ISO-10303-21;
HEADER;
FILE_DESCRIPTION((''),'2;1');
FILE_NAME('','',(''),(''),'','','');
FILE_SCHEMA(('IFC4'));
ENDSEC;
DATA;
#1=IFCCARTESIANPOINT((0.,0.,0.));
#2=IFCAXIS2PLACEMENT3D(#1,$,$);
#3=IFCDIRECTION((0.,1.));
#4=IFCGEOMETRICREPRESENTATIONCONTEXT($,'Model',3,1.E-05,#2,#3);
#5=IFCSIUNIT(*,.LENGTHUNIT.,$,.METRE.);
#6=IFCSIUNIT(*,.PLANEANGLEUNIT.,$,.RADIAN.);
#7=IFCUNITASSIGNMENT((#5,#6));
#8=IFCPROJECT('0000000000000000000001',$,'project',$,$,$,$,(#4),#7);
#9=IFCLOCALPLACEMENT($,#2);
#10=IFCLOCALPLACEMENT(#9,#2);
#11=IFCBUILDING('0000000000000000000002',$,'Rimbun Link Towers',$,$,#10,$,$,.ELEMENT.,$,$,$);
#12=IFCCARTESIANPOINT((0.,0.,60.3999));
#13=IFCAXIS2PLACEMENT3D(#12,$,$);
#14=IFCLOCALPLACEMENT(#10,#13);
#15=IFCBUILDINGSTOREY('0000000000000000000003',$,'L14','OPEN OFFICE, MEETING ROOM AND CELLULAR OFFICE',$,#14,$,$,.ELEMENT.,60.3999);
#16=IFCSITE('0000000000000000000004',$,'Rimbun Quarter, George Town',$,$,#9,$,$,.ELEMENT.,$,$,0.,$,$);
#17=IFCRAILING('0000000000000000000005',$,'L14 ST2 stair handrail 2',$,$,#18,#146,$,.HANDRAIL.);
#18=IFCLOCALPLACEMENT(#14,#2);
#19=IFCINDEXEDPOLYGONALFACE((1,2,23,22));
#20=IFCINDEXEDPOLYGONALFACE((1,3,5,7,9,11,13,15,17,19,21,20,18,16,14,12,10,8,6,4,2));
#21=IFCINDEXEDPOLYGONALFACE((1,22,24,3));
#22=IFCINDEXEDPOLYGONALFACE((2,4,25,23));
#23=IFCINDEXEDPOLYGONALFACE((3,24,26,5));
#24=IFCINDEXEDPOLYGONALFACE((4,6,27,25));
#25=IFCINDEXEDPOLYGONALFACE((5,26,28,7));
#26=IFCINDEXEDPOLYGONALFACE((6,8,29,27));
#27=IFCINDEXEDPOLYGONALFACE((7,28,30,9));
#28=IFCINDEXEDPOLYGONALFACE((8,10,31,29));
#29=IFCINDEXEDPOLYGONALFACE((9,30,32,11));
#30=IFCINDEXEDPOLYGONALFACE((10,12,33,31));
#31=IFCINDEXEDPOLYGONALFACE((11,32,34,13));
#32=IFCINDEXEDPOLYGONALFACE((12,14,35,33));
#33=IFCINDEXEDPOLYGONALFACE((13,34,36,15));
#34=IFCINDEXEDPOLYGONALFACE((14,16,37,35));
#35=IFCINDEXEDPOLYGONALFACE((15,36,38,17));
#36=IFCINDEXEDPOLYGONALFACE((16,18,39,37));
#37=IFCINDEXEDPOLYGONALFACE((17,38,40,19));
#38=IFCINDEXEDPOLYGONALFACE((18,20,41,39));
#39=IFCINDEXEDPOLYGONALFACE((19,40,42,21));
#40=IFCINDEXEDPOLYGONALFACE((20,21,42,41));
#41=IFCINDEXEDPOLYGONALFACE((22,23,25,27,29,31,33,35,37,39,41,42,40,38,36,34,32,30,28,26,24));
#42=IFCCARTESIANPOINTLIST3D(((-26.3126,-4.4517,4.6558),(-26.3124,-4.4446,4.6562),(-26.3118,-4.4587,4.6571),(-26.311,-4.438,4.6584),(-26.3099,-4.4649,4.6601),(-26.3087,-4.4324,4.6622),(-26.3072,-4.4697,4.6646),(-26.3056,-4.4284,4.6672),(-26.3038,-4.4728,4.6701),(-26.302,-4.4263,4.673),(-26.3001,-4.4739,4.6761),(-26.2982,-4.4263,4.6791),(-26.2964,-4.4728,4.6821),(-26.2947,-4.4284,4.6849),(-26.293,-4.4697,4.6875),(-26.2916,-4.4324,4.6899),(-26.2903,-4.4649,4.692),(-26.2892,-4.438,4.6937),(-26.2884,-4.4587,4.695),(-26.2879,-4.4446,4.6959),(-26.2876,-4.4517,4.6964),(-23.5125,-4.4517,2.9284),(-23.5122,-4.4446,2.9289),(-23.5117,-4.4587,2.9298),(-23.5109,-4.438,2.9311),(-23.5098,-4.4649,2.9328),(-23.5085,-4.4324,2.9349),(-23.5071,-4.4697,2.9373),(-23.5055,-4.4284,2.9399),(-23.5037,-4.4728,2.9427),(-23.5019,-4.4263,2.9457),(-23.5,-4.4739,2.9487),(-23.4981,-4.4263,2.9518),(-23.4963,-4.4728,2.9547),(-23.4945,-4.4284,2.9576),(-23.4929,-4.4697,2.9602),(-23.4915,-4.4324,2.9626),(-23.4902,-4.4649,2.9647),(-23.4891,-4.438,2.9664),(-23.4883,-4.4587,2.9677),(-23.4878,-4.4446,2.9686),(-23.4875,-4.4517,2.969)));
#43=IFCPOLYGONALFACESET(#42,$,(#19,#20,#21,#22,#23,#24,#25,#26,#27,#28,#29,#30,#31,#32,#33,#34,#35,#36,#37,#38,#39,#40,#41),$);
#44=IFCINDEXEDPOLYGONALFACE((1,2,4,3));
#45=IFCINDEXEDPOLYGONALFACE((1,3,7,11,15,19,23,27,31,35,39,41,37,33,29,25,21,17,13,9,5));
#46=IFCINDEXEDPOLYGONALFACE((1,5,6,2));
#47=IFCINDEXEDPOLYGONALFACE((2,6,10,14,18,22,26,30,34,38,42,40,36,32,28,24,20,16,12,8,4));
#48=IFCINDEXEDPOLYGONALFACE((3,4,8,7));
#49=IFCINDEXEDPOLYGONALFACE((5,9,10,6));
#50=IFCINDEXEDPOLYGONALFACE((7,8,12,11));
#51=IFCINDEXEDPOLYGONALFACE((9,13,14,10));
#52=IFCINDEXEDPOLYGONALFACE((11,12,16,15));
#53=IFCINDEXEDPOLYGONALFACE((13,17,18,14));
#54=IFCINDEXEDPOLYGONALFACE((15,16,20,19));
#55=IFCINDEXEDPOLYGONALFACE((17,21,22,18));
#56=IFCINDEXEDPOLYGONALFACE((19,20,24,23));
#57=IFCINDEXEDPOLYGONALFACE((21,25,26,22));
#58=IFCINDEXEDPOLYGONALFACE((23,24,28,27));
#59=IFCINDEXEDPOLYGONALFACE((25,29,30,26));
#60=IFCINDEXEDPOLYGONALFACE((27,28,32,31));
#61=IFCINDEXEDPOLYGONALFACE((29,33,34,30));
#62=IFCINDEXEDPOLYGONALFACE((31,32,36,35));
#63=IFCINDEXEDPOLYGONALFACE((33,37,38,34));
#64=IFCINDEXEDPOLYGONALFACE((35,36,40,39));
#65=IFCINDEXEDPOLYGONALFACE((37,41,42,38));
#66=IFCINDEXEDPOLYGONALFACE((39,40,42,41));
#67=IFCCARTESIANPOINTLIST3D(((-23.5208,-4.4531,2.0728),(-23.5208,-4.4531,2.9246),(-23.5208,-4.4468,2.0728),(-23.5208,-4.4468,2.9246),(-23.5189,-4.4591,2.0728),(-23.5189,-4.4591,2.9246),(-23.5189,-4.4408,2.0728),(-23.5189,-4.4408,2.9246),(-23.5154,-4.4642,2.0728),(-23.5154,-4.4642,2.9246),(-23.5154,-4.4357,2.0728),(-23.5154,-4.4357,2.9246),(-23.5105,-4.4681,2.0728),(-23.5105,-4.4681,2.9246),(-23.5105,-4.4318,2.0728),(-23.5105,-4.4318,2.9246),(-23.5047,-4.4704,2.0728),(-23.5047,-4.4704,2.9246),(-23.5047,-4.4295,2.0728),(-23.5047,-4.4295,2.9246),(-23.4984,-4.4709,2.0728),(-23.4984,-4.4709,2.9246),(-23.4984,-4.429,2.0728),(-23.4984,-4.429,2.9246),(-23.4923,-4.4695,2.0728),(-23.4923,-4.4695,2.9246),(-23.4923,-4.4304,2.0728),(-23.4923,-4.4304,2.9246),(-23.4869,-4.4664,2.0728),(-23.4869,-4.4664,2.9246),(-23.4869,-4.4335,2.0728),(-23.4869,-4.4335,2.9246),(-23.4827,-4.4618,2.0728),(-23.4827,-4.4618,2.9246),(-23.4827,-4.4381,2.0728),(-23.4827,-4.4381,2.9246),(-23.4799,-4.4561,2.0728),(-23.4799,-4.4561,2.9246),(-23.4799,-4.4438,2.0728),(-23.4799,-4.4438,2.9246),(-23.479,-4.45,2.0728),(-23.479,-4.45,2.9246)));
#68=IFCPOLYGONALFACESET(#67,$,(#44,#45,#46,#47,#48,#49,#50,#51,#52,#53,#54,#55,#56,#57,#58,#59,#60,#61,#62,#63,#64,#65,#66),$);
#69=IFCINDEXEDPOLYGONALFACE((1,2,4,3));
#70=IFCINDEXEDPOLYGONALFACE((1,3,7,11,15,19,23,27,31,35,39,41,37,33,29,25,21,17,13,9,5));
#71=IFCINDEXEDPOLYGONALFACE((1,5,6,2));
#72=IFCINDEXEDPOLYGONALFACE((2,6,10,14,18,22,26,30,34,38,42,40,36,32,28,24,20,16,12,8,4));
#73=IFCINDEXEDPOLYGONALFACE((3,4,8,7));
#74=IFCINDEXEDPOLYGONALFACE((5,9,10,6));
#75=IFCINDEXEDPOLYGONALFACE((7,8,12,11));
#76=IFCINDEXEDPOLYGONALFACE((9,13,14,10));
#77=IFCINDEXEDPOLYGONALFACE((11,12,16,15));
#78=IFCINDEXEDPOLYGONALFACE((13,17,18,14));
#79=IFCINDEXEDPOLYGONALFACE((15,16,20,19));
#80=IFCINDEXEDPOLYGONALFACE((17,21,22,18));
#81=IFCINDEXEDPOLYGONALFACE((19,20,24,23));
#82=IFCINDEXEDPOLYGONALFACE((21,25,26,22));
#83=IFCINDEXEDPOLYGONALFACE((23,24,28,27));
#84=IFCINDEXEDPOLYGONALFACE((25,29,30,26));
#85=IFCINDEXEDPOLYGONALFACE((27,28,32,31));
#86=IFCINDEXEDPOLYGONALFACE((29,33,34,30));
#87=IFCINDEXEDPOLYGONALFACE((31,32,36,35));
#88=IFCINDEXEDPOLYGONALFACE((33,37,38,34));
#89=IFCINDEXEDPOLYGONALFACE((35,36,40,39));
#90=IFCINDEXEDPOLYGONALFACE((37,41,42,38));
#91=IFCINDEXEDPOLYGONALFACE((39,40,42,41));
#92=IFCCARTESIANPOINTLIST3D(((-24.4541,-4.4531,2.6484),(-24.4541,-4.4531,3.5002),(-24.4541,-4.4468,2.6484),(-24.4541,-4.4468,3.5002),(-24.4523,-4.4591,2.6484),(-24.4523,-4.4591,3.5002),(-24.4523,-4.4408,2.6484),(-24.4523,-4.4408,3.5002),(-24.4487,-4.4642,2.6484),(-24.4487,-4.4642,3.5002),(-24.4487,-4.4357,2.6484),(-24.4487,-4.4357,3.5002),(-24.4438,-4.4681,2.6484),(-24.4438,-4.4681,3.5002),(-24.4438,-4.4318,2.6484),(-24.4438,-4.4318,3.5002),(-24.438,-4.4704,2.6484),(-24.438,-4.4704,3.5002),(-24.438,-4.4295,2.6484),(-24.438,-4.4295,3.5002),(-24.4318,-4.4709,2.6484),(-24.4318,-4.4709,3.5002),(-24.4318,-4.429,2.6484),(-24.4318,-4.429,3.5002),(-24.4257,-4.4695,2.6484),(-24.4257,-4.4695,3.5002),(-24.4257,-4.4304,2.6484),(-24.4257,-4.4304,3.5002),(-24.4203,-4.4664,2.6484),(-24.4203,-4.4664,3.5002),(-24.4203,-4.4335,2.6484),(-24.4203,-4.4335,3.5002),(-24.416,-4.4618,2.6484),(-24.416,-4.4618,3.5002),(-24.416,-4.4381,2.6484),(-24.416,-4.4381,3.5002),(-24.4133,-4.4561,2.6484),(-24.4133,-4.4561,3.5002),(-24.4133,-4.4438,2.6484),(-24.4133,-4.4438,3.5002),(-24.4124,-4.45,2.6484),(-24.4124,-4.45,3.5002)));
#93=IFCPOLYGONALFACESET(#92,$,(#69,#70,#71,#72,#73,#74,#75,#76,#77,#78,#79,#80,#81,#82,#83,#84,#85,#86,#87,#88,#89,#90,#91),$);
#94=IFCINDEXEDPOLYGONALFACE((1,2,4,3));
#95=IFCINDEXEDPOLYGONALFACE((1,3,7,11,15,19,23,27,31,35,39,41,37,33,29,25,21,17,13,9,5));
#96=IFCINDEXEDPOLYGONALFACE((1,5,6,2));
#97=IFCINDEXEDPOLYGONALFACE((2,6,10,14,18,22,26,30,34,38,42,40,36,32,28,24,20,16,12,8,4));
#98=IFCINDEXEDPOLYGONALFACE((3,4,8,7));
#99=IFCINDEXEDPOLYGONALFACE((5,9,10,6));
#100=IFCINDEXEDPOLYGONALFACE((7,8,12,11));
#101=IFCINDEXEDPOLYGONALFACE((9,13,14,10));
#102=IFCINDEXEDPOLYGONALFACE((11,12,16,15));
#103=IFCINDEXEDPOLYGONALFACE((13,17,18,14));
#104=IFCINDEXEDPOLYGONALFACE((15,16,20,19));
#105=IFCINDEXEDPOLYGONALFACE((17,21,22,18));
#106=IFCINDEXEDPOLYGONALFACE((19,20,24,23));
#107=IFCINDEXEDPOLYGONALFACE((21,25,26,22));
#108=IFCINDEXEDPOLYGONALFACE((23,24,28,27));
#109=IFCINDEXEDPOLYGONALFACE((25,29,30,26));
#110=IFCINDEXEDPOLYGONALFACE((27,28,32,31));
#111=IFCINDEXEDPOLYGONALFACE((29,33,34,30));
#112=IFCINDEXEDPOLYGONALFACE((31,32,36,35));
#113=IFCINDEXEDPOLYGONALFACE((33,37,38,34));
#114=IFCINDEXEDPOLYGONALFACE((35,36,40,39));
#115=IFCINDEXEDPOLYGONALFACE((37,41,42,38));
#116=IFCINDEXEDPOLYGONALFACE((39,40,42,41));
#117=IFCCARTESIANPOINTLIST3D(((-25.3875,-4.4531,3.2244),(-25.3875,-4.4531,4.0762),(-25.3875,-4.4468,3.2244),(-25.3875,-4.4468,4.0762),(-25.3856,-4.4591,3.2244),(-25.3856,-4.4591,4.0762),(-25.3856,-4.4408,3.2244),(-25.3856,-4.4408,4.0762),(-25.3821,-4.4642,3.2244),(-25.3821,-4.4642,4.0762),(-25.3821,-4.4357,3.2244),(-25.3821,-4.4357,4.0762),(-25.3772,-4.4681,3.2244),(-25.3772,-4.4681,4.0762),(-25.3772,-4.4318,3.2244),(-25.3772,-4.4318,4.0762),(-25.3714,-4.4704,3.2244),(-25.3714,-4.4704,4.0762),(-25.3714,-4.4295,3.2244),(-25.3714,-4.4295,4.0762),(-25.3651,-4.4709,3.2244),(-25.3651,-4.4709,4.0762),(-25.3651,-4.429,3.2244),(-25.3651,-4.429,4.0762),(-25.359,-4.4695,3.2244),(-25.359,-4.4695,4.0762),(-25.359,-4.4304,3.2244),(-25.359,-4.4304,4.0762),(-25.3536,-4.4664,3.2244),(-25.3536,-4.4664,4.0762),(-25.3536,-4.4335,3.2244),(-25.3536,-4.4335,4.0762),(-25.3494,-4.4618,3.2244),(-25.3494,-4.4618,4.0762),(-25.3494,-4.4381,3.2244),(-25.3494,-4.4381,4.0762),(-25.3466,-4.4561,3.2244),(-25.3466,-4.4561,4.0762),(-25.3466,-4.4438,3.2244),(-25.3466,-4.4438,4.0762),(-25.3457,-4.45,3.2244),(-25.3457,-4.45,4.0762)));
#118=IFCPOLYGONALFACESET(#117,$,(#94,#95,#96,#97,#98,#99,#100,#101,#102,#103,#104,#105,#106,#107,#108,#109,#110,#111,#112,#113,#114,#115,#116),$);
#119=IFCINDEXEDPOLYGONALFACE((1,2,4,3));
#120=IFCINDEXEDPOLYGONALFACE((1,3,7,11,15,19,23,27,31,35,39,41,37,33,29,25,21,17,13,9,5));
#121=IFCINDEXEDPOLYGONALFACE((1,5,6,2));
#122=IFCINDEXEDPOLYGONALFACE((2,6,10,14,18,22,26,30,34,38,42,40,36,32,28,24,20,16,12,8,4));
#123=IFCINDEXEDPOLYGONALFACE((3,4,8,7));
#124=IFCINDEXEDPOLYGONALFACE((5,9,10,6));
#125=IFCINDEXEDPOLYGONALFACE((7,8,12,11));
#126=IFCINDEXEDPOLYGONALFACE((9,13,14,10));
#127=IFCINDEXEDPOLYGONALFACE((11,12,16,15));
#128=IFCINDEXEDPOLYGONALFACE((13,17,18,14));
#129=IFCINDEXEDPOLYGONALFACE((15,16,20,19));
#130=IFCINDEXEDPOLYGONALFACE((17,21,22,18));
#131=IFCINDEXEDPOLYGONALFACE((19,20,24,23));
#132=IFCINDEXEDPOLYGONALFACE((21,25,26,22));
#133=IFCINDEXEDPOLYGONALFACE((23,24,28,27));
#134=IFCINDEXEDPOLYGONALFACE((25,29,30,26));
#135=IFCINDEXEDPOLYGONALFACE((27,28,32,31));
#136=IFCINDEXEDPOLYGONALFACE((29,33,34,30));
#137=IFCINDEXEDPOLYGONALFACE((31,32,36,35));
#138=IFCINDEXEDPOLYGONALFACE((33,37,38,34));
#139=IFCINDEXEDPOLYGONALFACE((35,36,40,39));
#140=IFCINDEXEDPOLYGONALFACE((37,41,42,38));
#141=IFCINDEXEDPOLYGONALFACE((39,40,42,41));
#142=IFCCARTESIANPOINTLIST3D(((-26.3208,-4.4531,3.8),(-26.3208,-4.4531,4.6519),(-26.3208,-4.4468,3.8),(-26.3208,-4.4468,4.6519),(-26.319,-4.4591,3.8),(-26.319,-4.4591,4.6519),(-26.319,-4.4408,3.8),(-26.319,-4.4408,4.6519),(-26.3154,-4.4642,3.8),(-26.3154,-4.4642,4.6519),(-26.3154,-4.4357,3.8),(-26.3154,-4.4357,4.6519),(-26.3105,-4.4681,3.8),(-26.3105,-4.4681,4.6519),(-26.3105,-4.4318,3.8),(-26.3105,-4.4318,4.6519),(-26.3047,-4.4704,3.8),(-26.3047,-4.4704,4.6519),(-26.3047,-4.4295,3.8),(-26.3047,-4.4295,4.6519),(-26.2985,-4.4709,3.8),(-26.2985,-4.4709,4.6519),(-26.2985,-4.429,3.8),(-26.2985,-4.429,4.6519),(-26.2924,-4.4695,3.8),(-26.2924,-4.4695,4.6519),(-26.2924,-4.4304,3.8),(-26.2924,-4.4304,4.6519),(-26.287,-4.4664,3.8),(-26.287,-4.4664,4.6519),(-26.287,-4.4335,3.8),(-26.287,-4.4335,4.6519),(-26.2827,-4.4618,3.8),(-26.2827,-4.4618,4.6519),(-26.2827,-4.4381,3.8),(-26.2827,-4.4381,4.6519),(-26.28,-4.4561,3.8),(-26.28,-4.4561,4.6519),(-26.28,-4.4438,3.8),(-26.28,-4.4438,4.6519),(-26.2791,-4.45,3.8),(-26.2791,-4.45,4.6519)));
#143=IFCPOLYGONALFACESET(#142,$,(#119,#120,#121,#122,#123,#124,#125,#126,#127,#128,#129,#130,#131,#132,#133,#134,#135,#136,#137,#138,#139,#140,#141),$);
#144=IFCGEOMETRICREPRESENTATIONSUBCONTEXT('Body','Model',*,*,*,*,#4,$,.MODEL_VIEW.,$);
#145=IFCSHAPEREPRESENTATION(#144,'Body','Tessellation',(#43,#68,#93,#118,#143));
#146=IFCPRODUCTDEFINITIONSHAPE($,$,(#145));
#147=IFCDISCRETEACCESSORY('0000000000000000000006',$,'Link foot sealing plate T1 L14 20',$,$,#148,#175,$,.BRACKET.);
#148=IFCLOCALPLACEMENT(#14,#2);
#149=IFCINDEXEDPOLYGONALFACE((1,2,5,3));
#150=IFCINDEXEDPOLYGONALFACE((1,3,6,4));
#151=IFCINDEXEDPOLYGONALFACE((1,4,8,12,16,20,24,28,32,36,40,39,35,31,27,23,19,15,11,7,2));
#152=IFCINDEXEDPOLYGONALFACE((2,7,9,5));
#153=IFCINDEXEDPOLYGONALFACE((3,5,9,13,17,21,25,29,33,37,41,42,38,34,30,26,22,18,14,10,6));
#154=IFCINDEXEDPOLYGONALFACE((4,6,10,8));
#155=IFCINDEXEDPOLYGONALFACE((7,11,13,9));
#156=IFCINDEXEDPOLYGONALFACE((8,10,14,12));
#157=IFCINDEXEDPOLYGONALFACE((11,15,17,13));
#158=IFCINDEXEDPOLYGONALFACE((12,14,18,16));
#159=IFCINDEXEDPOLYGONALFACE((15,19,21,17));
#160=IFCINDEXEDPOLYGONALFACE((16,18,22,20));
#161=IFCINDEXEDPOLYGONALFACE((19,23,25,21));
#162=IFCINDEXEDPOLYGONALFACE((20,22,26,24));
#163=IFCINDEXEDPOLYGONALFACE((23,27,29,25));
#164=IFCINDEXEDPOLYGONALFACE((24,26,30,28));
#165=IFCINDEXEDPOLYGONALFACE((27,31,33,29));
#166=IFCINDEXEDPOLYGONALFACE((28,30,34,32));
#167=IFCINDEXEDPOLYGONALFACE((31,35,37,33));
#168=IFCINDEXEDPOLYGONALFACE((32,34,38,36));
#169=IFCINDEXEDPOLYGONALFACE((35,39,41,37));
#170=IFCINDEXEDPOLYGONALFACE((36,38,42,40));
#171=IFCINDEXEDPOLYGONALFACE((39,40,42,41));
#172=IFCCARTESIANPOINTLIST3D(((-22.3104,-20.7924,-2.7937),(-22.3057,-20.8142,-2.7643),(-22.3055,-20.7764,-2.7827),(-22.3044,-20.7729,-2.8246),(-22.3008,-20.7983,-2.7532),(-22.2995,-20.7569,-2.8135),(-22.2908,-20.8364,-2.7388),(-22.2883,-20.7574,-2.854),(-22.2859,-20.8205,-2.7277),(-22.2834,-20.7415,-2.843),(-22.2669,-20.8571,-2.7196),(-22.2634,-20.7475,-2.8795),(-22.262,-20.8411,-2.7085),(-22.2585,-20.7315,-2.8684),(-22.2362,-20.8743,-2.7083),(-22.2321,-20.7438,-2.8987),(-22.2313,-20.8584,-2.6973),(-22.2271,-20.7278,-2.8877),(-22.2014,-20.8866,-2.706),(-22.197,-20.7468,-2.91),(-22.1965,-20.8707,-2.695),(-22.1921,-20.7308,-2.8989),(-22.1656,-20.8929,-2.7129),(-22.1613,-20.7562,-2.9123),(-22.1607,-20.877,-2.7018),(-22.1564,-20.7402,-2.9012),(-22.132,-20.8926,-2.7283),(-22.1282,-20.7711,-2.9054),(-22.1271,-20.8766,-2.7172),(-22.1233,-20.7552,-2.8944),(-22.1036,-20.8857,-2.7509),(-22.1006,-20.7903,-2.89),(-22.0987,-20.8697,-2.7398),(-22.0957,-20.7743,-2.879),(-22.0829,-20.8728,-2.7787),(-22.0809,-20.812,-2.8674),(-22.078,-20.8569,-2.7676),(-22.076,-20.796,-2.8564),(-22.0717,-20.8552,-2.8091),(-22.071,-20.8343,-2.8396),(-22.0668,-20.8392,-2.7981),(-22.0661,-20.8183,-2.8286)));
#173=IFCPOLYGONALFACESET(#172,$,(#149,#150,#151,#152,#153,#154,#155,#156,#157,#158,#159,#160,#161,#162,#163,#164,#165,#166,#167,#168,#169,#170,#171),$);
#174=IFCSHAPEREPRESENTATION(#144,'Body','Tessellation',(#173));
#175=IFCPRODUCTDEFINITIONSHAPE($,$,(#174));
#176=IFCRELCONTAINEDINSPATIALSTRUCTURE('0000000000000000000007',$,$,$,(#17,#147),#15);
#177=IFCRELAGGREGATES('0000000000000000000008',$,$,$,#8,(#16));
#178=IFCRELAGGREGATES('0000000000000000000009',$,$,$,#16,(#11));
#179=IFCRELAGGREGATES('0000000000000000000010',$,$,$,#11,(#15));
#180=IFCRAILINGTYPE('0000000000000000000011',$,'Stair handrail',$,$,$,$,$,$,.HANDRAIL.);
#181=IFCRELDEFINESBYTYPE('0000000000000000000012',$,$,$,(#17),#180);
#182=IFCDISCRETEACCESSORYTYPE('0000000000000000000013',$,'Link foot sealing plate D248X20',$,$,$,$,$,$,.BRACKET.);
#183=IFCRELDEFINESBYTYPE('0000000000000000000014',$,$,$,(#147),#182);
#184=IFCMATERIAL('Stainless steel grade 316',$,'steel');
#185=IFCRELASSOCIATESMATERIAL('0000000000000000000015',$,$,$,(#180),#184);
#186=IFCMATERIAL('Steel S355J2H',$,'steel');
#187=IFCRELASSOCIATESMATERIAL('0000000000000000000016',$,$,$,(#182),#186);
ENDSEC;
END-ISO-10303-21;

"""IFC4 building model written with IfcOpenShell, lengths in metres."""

from ifc_helpers import new_model, si_unit, direction, frame, origin, origin_2d, place, context, subcontext, project, spatial, circle, extrude, material, material_profile, profile_set, type_object, element, save


model = new_model("IFC4")

# Units and contexts
model_context = context("Model", 3, precision=1e-05, world=origin(), true_north=direction((0.0, 1.0)))
body_context = subcontext(model_context, "Body", "Model", "MODEL_VIEW")
ifc_project = project(units=[si_unit("LENGTHUNIT", "METRE"), si_unit("PLANEANGLEUNIT", "RADIAN")], contexts=[model_context])

# Site, building, storey
site_placement = place(None, origin())
site = spatial("IfcSite", under=ifc_project, at=site_placement, Name="Rimbun Quarter, George Town", CompositionType="ELEMENT", RefElevation=0.0)
building_placement = place(site_placement, origin())
building = spatial("IfcBuilding", under=site, at=building_placement, Name="Rimbun Link Towers", CompositionType="ELEMENT")
storey_placement = place(building_placement, frame((0.0, 0.0, 60.3999)))
storey = spatial("IfcBuildingStorey", under=building, at=storey_placement, Name="L14", Description="OPEN OFFICE, MEETING ROOM AND CELLULAR OFFICE", CompositionType="ELEMENT", Elevation=60.3999)

# Railing
ifc_material_1 = material(Name="Stainless steel grade 316", Category="steel")
railing_type_1 = type_object("IfcRailingType", Name="Stair handrail", PredefinedType="HANDRAIL", material=ifc_material_1)
railing_1_placement = place(storey_placement, frame((-23.5, -4.45, 2.0728)))
element("IfcRailing", 1, at=railing_1_placement, inside=storey, type_object=railing_type_1, Name="L14 ST2 stair handrail 2", PredefinedType="HANDRAIL", context=body_context, shape_type="SweptSolid", body=[
    extrude(circle(Radius=0.0239, at=origin_2d()), frame((0.0, 0.0, 0.876), z_axis=(-0.85109, 0.0, 0.52502), x_axis=(0.0, -1.0, 0.0)), (0.0, 0.0, 1.0), 3.29),
    extrude(circle(Radius=0.021, at=origin_2d()), origin(), (0.0, 0.0, 1.0), 0.8518),
    extrude(circle(Radius=0.021, at=origin_2d()), frame((-0.9333, 0.0, 0.5757)), (0.0, 0.0, 1.0), 0.8518),
    extrude(circle(Radius=0.021, at=origin_2d()), frame((-1.8667, 0.0, 1.1516)), (0.0, 0.0, 1.0), 0.8518),
    extrude(circle(Radius=0.021, at=origin_2d()), frame((-2.8, 0.0, 1.7273)), (0.0, 0.0, 1.0), 0.8518),
])

# Discrete accessory
ifc_material_2 = material(Name="Steel S355J2H", Category="steel")
ifc_material_profile_1 = material_profile(ifc_material_2, circle(Radius=0.124, at=origin_2d()), Name="PL D248")
ifc_profile_set_1 = profile_set([ifc_material_profile_1], Name="Steel S355J2H")
discrete_accessory_type = type_object("IfcDiscreteAccessoryType", Name="Link foot sealing plate D248X20", PredefinedType="BRACKET", material=ifc_profile_set_1)
discrete_accessory_placement = place(storey_placement, frame((-22.1853, -20.8027, -2.7981), z_axis=(-0.245256, -0.797081, -0.551825), x_axis=(0.955779, -0.294086, 0.0)))
element("IfcDiscreteAccessory", 2, at=discrete_accessory_placement, inside=storey, type_object=discrete_accessory_type, Name="Link foot sealing plate T1 L14 20", PredefinedType="BRACKET", context=body_context, shape_type="SweptSolid", body=[
    extrude(circle(Radius=0.124, at=origin_2d()), origin(), (0.0, 0.0, 1.0), 0.02),
])

save(model, "model.ifc")
